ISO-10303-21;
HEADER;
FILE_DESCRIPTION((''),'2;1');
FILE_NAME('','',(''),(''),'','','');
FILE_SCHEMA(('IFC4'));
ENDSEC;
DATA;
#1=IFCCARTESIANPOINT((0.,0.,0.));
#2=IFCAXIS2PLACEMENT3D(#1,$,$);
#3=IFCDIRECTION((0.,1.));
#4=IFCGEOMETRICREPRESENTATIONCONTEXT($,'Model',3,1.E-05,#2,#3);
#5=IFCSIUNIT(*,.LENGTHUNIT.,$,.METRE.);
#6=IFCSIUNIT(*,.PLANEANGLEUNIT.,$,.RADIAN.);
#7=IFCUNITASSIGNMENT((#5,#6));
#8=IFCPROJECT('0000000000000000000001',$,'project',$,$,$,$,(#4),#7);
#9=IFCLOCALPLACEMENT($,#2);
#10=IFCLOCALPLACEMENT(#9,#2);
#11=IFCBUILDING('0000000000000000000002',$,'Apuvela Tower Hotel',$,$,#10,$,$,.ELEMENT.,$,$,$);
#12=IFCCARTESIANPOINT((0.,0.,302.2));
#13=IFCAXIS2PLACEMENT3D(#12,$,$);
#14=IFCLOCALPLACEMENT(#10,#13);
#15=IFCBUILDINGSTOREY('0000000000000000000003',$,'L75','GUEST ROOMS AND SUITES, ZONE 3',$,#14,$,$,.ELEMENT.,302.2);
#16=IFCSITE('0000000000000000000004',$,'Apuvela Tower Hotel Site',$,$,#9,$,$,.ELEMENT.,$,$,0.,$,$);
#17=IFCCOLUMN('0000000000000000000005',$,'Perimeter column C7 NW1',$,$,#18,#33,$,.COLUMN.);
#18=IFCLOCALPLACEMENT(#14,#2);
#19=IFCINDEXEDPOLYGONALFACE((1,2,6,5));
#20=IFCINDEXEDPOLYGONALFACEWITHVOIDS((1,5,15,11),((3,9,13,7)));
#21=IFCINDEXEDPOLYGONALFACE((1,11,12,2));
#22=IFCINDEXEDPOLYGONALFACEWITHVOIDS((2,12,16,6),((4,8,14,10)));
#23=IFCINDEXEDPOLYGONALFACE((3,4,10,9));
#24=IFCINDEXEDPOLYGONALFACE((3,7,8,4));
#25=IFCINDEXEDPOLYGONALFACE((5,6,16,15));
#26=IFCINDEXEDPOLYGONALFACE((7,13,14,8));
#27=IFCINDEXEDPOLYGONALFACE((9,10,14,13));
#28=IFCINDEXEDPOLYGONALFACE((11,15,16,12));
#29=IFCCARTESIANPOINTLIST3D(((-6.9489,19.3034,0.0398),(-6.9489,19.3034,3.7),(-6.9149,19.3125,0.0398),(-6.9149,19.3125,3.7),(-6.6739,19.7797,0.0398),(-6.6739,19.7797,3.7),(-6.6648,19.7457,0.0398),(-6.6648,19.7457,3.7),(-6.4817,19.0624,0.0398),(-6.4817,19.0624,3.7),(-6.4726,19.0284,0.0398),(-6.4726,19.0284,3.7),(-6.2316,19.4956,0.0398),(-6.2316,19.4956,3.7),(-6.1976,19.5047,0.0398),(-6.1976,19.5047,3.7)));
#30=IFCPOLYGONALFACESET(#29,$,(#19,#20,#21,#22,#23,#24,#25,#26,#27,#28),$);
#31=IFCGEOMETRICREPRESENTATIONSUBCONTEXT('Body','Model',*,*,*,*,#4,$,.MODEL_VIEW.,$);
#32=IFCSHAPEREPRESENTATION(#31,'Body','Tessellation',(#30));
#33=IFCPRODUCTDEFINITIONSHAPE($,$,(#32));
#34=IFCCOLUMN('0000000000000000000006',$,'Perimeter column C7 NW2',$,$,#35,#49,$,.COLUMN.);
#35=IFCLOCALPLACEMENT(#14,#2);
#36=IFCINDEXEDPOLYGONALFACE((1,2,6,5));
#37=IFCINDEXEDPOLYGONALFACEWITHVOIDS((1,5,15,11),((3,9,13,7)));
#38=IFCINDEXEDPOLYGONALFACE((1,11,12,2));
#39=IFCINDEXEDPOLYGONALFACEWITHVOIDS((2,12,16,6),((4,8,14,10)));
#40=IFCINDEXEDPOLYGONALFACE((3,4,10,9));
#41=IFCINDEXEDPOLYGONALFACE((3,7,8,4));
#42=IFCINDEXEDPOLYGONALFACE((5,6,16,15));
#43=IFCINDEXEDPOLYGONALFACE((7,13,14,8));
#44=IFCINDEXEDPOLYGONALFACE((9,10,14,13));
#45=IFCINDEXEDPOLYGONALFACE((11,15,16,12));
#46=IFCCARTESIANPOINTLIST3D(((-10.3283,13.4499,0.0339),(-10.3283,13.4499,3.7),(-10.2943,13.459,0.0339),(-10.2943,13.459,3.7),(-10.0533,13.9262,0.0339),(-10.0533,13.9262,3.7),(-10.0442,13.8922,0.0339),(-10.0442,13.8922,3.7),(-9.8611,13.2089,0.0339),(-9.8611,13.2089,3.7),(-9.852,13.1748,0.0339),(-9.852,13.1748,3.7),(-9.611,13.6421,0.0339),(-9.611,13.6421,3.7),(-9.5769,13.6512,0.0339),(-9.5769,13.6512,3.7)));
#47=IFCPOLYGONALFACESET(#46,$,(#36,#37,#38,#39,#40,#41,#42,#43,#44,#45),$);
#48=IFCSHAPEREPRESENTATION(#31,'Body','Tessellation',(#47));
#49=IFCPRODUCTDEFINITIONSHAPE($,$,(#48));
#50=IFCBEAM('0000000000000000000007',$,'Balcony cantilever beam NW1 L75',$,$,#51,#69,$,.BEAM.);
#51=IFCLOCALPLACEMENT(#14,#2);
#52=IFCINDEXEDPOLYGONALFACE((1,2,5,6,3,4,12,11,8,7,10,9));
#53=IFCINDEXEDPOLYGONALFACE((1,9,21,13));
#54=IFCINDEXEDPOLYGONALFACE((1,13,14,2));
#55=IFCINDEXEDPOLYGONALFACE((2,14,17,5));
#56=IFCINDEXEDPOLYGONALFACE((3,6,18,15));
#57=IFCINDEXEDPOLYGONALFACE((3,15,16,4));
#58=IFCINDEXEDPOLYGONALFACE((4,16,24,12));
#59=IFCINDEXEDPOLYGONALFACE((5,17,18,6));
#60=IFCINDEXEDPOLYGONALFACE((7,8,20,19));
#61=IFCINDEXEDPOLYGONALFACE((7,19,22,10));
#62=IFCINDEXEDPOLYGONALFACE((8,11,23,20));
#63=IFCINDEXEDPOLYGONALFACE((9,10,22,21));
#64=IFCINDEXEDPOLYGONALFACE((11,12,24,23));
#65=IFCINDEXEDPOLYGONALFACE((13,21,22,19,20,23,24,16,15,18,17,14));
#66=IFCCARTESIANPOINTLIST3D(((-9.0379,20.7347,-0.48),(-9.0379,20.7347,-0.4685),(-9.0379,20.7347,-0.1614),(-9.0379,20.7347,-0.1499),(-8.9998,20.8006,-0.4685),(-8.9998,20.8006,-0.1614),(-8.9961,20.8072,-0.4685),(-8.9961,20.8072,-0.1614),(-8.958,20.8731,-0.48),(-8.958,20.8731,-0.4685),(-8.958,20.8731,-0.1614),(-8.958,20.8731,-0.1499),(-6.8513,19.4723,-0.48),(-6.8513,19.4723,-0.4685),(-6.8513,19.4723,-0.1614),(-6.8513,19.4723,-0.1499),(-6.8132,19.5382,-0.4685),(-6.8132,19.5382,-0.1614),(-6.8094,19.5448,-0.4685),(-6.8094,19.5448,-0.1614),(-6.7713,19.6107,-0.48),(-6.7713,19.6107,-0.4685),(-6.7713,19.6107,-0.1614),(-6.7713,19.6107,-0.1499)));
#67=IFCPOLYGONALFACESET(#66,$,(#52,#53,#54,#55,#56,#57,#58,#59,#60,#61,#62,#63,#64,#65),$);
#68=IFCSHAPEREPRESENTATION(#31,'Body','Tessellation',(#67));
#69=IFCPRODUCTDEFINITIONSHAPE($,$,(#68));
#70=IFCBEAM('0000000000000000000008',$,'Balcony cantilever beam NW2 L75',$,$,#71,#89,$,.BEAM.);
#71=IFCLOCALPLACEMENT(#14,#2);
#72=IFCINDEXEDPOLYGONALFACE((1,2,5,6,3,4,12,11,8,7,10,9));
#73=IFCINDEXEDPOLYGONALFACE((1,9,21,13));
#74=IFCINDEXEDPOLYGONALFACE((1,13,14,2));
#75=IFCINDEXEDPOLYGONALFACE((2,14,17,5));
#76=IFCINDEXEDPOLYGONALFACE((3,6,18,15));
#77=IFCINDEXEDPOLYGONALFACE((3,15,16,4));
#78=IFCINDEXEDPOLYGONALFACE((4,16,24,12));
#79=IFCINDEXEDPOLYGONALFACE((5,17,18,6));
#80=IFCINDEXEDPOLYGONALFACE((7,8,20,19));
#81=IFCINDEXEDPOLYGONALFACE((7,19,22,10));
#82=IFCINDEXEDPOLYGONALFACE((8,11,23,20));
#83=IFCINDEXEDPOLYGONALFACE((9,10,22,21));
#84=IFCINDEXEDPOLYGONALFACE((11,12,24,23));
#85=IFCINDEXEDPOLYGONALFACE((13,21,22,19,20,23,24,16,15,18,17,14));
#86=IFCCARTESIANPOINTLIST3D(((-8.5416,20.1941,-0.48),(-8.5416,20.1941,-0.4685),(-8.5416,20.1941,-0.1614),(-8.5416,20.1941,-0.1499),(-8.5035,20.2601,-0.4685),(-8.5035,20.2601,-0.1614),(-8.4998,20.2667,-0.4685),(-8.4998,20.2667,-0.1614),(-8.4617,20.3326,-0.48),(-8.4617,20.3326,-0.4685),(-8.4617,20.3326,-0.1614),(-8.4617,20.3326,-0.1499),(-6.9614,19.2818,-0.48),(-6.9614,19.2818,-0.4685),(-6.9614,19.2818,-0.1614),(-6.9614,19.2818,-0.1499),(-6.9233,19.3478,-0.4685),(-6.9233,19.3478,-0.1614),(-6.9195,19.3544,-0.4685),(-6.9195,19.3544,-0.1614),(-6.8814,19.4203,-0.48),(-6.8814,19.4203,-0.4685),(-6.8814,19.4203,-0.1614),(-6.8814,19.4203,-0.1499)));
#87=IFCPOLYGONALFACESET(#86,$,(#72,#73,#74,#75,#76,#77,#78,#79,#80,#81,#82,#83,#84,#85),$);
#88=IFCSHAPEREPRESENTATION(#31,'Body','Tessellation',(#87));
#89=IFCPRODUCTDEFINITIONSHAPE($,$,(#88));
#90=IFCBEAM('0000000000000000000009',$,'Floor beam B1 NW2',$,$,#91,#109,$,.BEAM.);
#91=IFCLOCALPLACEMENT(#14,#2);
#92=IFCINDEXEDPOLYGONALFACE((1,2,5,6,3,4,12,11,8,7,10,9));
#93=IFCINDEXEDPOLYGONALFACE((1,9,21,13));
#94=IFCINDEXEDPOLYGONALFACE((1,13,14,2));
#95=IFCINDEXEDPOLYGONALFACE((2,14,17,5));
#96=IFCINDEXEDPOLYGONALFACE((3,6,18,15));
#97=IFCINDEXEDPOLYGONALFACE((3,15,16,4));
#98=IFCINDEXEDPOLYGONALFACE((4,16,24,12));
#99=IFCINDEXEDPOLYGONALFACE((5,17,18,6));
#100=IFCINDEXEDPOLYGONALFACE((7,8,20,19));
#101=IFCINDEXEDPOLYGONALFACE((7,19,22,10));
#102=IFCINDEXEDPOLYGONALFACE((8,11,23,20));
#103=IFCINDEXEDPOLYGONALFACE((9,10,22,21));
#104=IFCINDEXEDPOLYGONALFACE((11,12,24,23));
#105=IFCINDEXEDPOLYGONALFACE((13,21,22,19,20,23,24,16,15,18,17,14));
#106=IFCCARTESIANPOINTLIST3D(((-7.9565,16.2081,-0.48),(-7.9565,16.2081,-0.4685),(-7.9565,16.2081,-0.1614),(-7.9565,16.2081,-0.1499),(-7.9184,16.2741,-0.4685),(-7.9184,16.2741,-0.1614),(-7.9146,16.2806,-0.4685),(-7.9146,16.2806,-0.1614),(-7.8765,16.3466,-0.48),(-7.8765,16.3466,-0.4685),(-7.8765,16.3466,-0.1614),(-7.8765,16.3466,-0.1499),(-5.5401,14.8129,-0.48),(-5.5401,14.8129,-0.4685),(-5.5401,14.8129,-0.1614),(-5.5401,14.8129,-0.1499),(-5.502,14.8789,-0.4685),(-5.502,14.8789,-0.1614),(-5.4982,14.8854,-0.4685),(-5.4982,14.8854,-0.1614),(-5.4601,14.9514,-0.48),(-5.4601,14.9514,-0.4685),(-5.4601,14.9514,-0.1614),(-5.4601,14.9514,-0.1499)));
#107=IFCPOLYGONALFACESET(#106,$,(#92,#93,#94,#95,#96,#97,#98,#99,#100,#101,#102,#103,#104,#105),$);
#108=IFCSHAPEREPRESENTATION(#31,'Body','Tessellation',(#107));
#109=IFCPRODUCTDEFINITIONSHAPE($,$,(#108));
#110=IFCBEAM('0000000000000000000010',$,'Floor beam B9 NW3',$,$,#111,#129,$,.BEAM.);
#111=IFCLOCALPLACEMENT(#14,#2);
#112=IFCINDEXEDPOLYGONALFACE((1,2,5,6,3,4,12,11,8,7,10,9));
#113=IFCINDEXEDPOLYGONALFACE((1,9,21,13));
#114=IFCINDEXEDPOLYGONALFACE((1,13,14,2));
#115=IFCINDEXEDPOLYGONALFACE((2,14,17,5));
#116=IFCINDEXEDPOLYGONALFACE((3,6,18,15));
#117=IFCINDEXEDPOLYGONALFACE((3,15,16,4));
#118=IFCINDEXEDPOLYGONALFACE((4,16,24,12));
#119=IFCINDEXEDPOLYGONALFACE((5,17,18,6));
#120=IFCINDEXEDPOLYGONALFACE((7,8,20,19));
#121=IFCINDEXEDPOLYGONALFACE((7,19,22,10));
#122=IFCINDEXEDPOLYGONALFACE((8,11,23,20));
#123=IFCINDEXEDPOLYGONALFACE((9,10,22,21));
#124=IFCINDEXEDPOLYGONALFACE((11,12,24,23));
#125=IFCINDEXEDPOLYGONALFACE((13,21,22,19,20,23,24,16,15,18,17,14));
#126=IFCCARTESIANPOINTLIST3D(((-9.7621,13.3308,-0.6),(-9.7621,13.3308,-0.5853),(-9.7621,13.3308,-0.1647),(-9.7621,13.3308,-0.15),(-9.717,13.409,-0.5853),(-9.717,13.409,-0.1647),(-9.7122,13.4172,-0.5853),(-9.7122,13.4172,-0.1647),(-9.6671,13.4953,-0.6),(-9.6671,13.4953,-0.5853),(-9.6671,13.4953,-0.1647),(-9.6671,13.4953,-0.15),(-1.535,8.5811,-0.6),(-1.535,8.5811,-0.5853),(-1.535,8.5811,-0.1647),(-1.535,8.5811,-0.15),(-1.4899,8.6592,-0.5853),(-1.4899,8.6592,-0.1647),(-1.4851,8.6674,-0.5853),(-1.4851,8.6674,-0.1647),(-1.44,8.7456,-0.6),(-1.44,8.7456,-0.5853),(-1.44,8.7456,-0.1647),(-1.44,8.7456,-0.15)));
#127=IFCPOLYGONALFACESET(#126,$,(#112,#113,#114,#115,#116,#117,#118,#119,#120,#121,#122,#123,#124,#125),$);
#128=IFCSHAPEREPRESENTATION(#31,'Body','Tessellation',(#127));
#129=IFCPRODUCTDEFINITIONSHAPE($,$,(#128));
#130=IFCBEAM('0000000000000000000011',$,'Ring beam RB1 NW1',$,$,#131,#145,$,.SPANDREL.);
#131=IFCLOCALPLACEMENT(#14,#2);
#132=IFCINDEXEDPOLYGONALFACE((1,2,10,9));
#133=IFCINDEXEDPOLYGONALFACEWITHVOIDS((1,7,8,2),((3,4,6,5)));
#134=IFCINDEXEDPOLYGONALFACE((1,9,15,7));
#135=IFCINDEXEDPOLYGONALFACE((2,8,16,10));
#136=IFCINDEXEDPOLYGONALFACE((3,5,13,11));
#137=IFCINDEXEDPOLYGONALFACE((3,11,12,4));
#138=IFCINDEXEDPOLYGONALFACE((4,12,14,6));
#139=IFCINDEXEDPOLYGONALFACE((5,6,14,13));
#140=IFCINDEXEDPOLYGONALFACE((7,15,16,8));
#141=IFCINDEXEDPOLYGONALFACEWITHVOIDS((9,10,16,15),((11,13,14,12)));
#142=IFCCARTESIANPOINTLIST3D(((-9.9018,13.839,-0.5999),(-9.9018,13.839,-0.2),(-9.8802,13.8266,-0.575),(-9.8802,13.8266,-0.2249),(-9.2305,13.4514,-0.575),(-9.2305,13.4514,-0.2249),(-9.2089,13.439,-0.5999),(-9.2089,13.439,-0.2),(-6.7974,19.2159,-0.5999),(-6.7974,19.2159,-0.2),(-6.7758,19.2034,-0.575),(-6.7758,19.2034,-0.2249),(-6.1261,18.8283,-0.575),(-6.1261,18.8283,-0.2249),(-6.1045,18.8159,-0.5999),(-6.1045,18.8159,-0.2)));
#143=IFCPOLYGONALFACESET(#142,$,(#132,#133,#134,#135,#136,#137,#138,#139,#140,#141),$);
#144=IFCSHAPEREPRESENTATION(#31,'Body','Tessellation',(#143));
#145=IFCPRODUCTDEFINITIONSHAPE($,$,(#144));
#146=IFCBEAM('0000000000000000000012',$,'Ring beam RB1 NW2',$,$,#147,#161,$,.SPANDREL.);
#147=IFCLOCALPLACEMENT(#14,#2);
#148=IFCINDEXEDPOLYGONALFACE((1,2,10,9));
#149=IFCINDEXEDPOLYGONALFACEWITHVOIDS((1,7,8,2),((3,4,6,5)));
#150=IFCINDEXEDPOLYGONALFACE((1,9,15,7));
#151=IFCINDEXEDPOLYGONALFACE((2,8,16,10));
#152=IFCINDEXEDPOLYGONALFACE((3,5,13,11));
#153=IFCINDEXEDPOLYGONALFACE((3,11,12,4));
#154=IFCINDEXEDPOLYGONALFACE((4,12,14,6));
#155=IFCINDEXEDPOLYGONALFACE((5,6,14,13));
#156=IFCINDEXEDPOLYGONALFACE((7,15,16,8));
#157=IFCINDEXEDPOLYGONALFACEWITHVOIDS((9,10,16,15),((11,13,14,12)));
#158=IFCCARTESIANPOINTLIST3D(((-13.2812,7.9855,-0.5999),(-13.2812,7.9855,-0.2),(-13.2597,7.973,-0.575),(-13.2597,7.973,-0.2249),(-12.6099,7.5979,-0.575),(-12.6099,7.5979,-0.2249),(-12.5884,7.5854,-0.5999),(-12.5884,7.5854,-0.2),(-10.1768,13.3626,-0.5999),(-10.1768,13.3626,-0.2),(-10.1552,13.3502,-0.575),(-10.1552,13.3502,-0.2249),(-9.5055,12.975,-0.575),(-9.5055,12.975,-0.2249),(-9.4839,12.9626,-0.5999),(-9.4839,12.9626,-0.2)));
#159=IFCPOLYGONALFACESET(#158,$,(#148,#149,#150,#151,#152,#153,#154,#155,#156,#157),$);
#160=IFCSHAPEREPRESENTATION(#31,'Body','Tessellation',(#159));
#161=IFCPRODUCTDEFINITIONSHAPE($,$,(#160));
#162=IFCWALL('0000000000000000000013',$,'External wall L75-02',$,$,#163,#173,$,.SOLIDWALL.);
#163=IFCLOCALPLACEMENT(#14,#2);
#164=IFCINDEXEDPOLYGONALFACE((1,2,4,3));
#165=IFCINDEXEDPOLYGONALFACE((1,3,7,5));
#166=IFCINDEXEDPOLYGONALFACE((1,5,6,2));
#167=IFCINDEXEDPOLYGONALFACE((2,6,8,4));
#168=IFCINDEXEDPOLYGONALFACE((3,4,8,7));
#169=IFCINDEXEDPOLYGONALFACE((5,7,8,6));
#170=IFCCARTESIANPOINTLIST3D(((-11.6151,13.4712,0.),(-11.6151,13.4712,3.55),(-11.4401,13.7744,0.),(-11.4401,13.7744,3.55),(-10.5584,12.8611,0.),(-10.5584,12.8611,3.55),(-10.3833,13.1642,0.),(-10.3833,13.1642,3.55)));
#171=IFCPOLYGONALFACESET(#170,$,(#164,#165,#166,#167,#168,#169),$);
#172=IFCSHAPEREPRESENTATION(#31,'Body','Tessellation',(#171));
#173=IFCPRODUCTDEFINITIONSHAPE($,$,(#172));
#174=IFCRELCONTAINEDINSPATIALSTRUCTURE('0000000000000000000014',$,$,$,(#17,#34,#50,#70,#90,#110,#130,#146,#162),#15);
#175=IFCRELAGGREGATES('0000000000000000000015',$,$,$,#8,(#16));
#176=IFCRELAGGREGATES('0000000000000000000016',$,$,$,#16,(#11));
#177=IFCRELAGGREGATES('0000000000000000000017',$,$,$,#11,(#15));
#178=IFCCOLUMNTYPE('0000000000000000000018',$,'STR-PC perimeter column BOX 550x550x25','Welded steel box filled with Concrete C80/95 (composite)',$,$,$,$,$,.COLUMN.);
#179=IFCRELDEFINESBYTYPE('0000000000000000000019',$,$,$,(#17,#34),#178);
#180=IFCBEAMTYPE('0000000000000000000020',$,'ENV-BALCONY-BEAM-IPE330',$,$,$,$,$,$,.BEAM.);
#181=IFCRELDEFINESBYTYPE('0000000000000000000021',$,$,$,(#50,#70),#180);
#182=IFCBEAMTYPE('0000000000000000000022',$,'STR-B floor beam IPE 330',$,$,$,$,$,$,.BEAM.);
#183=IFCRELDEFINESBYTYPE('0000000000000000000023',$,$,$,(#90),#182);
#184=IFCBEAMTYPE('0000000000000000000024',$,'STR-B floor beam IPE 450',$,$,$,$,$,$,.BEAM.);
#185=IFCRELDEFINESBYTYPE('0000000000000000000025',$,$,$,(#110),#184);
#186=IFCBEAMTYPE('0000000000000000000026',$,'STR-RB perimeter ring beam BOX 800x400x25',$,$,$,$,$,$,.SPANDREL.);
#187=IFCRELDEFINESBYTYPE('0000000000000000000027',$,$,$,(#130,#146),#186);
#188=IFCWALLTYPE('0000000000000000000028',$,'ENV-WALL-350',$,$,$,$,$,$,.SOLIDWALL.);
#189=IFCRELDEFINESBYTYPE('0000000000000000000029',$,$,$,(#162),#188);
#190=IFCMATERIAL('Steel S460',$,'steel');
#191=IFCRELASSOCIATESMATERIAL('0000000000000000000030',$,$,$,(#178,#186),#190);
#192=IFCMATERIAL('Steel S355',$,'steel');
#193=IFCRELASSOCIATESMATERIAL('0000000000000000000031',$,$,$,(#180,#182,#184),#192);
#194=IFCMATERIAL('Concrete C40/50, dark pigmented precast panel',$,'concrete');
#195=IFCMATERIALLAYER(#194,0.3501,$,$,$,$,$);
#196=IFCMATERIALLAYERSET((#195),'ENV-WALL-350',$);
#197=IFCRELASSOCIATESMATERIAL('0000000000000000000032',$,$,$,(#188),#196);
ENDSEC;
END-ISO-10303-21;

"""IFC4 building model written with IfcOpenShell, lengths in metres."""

from ifc_helpers import new_model, si_unit, direction, frame, frame_2d, origin, origin_2d, place, context, subcontext, project, spatial, rectangle, hollow_rectangle, i_section, extrude, boolean, halfspace, material, layer, layer_set, material_profile, profile_set, type_object, element, save


model = new_model("IFC4")

# Units and contexts
model_context = context("Model", 3, precision=1e-05, world=origin(), true_north=direction((0.0, 1.0)))
body_context = subcontext(model_context, "Body", "Model", "MODEL_VIEW")
ifc_project = project(units=[si_unit("LENGTHUNIT", "METRE"), si_unit("PLANEANGLEUNIT", "RADIAN")], contexts=[model_context])

# Site, building, storey
site_placement = place(None, origin())
site = spatial("IfcSite", under=ifc_project, at=site_placement, Name="Apuvela Tower Hotel Site", CompositionType="ELEMENT", RefElevation=0.0)
building_placement = place(site_placement, origin())
building = spatial("IfcBuilding", under=site, at=building_placement, Name="Apuvela Tower Hotel", CompositionType="ELEMENT")
storey_placement = place(building_placement, frame((0.0, 0.0, 302.2)))
storey = spatial("IfcBuildingStorey", under=building, at=storey_placement, Name="L75", Description="GUEST ROOMS AND SUITES, ZONE 3", CompositionType="ELEMENT", Elevation=302.2)

# Columns
ifc_material_1 = material(Name="Steel S460", Category="steel")
ifc_material_profile_1 = material_profile(ifc_material_1, hollow_rectangle(XDim=0.55, YDim=0.55, WallThickness=0.0249, at=origin_2d()), Name="BOX 550x550x25")
ifc_material_2 = material(Name="Concrete C80/95", Category="concrete")
ifc_material_profile_2 = material_profile(ifc_material_2, rectangle(XDim=0.5, YDim=0.5, at=origin_2d()), Name="Concrete C80/95 infill")
ifc_profile_set_1 = profile_set([ifc_material_profile_1, ifc_material_profile_2], Name="Steel S460")
column_type = type_object("IfcColumnType", Name="STR-PC perimeter column BOX 550x550x25", Description="Welded steel box filled with Concrete C80/95 (composite)", PredefinedType="COLUMN", material=ifc_profile_set_1)
column_1_placement = place(storey_placement, frame((-6.5732, 19.4041, 0.0), z_axis=(0.0, 0.0, 1.0), x_axis=(0.5, 0.866025, 0.0)))
element("IfcColumn", 1, at=column_1_placement, inside=storey, type_object=column_type, Name="Perimeter column C7 NW1", PredefinedType="COLUMN", context=body_context, shape_type="SweptSolid", body=[
    boolean("DIFFERENCE", extrude(hollow_rectangle(XDim=0.55, YDim=0.55, WallThickness=0.0249, at=origin_2d()), origin(), (0.0, 0.0, 1.0), 3.7), halfspace(frame((0.0, 0.0, 0.0398), z_axis=(0.0, 0.0, 1.0), x_axis=(1.0, 0.0, 0.0)), True)),
])
column_2_placement = place(storey_placement, frame((-9.9526, 13.5505, 0.0), z_axis=(0.0, 0.0, 1.0), x_axis=(0.5, 0.866025, 0.0)))
element("IfcColumn", 2, at=column_2_placement, inside=storey, type_object=column_type, Name="Perimeter column C7 NW2", PredefinedType="COLUMN", context=body_context, shape_type="SweptSolid", body=[
    boolean("DIFFERENCE", extrude(hollow_rectangle(XDim=0.55, YDim=0.55, WallThickness=0.0249, at=origin_2d()), origin(), (0.0, 0.0, 1.0), 3.7), halfspace(frame((0.0, 0.0, 0.0339), z_axis=(0.0, 0.0, 1.0), x_axis=(1.0, 0.0, 0.0)), True)),
])

# Beams
ifc_material_3 = material(Name="Steel S355", Category="steel")
ifc_material_profile_3 = material_profile(ifc_material_3, i_section(OverallWidth=0.1599, OverallDepth=0.3301, WebThickness=0.0076, FlangeThickness=0.0115, at=origin_2d()), Name="IPE 330")
ifc_profile_set_2 = profile_set([ifc_material_profile_3], Name="Steel S355")
beam_type_1 = type_object("IfcBeamType", Name="ENV-BALCONY-BEAM-IPE330", PredefinedType="BEAM", material=ifc_profile_set_2)
beam_1_placement = place(storey_placement, frame((-6.8113, 19.5415, -0.3149), z_axis=(-0.866039, 0.499976, 0.0), x_axis=(-0.499976, -0.866039, 0.0)))
element("IfcBeam", 3, at=beam_1_placement, inside=storey, type_object=beam_type_1, Name="Balcony cantilever beam NW1 L75", PredefinedType="BEAM", context=body_context, shape_type="SweptSolid", body=[
    extrude(i_section(OverallWidth=0.1599, OverallDepth=0.3301, WebThickness=0.0076, FlangeThickness=0.0115, at=origin_2d()), origin(), (0.0, 0.0, 1.0), 2.5249),
])
beam_2_placement = place(storey_placement, frame((-6.9214, 19.3511, -0.3149), z_axis=(-0.866036, 0.499981, 0.0), x_axis=(-0.499981, -0.866036, 0.0)))
element("IfcBeam", 4, at=beam_2_placement, inside=storey, type_object=beam_type_1, Name="Balcony cantilever beam NW2 L75", PredefinedType="BEAM", context=body_context, shape_type="SweptSolid", body=[
    extrude(i_section(OverallWidth=0.1599, OverallDepth=0.3301, WebThickness=0.0076, FlangeThickness=0.0115, at=origin_2d()), origin(), (0.0, 0.0, 1.0), 1.8247),
])
ifc_material_profile_4 = material_profile(ifc_material_3, i_section(OverallWidth=0.1599, OverallDepth=0.3301, WebThickness=0.0076, FlangeThickness=0.0115, at=origin_2d()), Name="IPE 330")
ifc_profile_set_3 = profile_set([ifc_material_profile_4], Name="Steel S355")
beam_type_2 = type_object("IfcBeamType", Name="STR-B floor beam IPE 330", PredefinedType="BEAM", material=ifc_profile_set_3)
beam_3_placement = place(storey_placement, frame((-7.9165, 16.2773, -0.3149), z_axis=(0.866011, -0.500025, 0.0), x_axis=(0.500025, 0.866011, 0.0)))
element("IfcBeam", 5, at=beam_3_placement, inside=storey, type_object=beam_type_2, Name="Floor beam B1 NW2", PredefinedType="BEAM", context=body_context, shape_type="SweptSolid", body=[
    extrude(i_section(OverallWidth=0.1599, OverallDepth=0.3301, WebThickness=0.0076, FlangeThickness=0.0115, at=origin_2d()), origin(), (0.0, 0.0, 1.0), 2.7903),
])
ifc_material_profile_5 = material_profile(ifc_material_3, i_section(OverallWidth=0.1899, OverallDepth=0.45, WebThickness=0.0095, FlangeThickness=0.0146, at=origin_2d()), Name="IPE 450")
ifc_profile_set_4 = profile_set([ifc_material_profile_5], Name="Steel S355")
beam_type_3 = type_object("IfcBeamType", Name="STR-B floor beam IPE 450", PredefinedType="BEAM", material=ifc_profile_set_4)
beam_4_placement = place(storey_placement, frame((-9.7146, 13.4131, -0.375), z_axis=(0.866032, -0.499989, 0.0), x_axis=(0.499989, 0.866032, 0.0)))
element("IfcBeam", 6, at=beam_4_placement, inside=storey, type_object=beam_type_3, Name="Floor beam B9 NW3", PredefinedType="BEAM", context=body_context, shape_type="SweptSolid", body=[
    extrude(i_section(OverallWidth=0.1899, OverallDepth=0.45, WebThickness=0.0095, FlangeThickness=0.0146, at=origin_2d()), origin(), (0.0, 0.0, 1.0), 9.4998),
])
ifc_material_profile_6 = material_profile(ifc_material_1, hollow_rectangle(XDim=0.8, YDim=0.3999, WallThickness=0.0249, at=origin_2d()), Name="BOX 800x400x25")
ifc_profile_set_5 = profile_set([ifc_material_profile_6], Name="Steel S460")
beam_type_4 = type_object("IfcBeamType", Name="STR-RB perimeter ring beam BOX 800x400x25", PredefinedType="SPANDREL", material=ifc_profile_set_5)
beam_5_placement = place(storey_placement, frame((-6.4509, 19.0159, -0.3999), z_axis=(-0.500013, -0.866018, 0.0), x_axis=(0.866018, -0.500013, 0.0)))
element("IfcBeam", 7, at=beam_5_placement, inside=storey, type_object=beam_type_4, Name="Ring beam RB1 NW1", PredefinedType="SPANDREL", context=body_context, shape_type="SweptSolid", body=[
    extrude(hollow_rectangle(XDim=0.8, YDim=0.3999, WallThickness=0.0249, at=origin_2d()), origin(), (0.0, 0.0, 1.0), 6.2087),
])
beam_6_placement = place(storey_placement, frame((-9.8303, 13.1626, -0.3999), z_axis=(-0.499996, -0.866028, 0.0), x_axis=(0.866028, -0.499996, 0.0)))
element("IfcBeam", 8, at=beam_6_placement, inside=storey, type_object=beam_type_4, Name="Ring beam RB1 NW2", PredefinedType="SPANDREL", context=body_context, shape_type="SweptSolid", body=[
    extrude(hollow_rectangle(XDim=0.8, YDim=0.3999, WallThickness=0.0249, at=origin_2d()), origin(), (0.0, 0.0, 1.0), 6.209),
])

# Wall
ifc_material_4 = material(Name="Concrete C40/50, dark pigmented precast panel", Category="concrete")
ifc_layer_1 = layer(ifc_material_4, 0.3501)
ifc_layer_set_1 = layer_set([ifc_layer_1], Name="ENV-WALL-350")
wall_type_1 = type_object("IfcWallType", Name="ENV-WALL-350", PredefinedType="SOLIDWALL", material=ifc_layer_set_1)
wall_1_placement = place(storey_placement, frame((-11.5276, 13.6228, 0.0), z_axis=(0.0, 0.0, 1.0), x_axis=(0.866006, -0.500034, 0.0)))
element("IfcWall", 9, at=wall_1_placement, inside=storey, type_object=wall_type_1, Name="External wall L75-02", PredefinedType="SOLIDWALL", context=body_context, shape_type="SweptSolid", body=[
    extrude(rectangle(XDim=1.2202, YDim=0.3501, at=frame_2d((0.6101, 0.0))), origin(), (0.0, 0.0, 1.0), 3.55),
])

save(model, "model.ifc")
